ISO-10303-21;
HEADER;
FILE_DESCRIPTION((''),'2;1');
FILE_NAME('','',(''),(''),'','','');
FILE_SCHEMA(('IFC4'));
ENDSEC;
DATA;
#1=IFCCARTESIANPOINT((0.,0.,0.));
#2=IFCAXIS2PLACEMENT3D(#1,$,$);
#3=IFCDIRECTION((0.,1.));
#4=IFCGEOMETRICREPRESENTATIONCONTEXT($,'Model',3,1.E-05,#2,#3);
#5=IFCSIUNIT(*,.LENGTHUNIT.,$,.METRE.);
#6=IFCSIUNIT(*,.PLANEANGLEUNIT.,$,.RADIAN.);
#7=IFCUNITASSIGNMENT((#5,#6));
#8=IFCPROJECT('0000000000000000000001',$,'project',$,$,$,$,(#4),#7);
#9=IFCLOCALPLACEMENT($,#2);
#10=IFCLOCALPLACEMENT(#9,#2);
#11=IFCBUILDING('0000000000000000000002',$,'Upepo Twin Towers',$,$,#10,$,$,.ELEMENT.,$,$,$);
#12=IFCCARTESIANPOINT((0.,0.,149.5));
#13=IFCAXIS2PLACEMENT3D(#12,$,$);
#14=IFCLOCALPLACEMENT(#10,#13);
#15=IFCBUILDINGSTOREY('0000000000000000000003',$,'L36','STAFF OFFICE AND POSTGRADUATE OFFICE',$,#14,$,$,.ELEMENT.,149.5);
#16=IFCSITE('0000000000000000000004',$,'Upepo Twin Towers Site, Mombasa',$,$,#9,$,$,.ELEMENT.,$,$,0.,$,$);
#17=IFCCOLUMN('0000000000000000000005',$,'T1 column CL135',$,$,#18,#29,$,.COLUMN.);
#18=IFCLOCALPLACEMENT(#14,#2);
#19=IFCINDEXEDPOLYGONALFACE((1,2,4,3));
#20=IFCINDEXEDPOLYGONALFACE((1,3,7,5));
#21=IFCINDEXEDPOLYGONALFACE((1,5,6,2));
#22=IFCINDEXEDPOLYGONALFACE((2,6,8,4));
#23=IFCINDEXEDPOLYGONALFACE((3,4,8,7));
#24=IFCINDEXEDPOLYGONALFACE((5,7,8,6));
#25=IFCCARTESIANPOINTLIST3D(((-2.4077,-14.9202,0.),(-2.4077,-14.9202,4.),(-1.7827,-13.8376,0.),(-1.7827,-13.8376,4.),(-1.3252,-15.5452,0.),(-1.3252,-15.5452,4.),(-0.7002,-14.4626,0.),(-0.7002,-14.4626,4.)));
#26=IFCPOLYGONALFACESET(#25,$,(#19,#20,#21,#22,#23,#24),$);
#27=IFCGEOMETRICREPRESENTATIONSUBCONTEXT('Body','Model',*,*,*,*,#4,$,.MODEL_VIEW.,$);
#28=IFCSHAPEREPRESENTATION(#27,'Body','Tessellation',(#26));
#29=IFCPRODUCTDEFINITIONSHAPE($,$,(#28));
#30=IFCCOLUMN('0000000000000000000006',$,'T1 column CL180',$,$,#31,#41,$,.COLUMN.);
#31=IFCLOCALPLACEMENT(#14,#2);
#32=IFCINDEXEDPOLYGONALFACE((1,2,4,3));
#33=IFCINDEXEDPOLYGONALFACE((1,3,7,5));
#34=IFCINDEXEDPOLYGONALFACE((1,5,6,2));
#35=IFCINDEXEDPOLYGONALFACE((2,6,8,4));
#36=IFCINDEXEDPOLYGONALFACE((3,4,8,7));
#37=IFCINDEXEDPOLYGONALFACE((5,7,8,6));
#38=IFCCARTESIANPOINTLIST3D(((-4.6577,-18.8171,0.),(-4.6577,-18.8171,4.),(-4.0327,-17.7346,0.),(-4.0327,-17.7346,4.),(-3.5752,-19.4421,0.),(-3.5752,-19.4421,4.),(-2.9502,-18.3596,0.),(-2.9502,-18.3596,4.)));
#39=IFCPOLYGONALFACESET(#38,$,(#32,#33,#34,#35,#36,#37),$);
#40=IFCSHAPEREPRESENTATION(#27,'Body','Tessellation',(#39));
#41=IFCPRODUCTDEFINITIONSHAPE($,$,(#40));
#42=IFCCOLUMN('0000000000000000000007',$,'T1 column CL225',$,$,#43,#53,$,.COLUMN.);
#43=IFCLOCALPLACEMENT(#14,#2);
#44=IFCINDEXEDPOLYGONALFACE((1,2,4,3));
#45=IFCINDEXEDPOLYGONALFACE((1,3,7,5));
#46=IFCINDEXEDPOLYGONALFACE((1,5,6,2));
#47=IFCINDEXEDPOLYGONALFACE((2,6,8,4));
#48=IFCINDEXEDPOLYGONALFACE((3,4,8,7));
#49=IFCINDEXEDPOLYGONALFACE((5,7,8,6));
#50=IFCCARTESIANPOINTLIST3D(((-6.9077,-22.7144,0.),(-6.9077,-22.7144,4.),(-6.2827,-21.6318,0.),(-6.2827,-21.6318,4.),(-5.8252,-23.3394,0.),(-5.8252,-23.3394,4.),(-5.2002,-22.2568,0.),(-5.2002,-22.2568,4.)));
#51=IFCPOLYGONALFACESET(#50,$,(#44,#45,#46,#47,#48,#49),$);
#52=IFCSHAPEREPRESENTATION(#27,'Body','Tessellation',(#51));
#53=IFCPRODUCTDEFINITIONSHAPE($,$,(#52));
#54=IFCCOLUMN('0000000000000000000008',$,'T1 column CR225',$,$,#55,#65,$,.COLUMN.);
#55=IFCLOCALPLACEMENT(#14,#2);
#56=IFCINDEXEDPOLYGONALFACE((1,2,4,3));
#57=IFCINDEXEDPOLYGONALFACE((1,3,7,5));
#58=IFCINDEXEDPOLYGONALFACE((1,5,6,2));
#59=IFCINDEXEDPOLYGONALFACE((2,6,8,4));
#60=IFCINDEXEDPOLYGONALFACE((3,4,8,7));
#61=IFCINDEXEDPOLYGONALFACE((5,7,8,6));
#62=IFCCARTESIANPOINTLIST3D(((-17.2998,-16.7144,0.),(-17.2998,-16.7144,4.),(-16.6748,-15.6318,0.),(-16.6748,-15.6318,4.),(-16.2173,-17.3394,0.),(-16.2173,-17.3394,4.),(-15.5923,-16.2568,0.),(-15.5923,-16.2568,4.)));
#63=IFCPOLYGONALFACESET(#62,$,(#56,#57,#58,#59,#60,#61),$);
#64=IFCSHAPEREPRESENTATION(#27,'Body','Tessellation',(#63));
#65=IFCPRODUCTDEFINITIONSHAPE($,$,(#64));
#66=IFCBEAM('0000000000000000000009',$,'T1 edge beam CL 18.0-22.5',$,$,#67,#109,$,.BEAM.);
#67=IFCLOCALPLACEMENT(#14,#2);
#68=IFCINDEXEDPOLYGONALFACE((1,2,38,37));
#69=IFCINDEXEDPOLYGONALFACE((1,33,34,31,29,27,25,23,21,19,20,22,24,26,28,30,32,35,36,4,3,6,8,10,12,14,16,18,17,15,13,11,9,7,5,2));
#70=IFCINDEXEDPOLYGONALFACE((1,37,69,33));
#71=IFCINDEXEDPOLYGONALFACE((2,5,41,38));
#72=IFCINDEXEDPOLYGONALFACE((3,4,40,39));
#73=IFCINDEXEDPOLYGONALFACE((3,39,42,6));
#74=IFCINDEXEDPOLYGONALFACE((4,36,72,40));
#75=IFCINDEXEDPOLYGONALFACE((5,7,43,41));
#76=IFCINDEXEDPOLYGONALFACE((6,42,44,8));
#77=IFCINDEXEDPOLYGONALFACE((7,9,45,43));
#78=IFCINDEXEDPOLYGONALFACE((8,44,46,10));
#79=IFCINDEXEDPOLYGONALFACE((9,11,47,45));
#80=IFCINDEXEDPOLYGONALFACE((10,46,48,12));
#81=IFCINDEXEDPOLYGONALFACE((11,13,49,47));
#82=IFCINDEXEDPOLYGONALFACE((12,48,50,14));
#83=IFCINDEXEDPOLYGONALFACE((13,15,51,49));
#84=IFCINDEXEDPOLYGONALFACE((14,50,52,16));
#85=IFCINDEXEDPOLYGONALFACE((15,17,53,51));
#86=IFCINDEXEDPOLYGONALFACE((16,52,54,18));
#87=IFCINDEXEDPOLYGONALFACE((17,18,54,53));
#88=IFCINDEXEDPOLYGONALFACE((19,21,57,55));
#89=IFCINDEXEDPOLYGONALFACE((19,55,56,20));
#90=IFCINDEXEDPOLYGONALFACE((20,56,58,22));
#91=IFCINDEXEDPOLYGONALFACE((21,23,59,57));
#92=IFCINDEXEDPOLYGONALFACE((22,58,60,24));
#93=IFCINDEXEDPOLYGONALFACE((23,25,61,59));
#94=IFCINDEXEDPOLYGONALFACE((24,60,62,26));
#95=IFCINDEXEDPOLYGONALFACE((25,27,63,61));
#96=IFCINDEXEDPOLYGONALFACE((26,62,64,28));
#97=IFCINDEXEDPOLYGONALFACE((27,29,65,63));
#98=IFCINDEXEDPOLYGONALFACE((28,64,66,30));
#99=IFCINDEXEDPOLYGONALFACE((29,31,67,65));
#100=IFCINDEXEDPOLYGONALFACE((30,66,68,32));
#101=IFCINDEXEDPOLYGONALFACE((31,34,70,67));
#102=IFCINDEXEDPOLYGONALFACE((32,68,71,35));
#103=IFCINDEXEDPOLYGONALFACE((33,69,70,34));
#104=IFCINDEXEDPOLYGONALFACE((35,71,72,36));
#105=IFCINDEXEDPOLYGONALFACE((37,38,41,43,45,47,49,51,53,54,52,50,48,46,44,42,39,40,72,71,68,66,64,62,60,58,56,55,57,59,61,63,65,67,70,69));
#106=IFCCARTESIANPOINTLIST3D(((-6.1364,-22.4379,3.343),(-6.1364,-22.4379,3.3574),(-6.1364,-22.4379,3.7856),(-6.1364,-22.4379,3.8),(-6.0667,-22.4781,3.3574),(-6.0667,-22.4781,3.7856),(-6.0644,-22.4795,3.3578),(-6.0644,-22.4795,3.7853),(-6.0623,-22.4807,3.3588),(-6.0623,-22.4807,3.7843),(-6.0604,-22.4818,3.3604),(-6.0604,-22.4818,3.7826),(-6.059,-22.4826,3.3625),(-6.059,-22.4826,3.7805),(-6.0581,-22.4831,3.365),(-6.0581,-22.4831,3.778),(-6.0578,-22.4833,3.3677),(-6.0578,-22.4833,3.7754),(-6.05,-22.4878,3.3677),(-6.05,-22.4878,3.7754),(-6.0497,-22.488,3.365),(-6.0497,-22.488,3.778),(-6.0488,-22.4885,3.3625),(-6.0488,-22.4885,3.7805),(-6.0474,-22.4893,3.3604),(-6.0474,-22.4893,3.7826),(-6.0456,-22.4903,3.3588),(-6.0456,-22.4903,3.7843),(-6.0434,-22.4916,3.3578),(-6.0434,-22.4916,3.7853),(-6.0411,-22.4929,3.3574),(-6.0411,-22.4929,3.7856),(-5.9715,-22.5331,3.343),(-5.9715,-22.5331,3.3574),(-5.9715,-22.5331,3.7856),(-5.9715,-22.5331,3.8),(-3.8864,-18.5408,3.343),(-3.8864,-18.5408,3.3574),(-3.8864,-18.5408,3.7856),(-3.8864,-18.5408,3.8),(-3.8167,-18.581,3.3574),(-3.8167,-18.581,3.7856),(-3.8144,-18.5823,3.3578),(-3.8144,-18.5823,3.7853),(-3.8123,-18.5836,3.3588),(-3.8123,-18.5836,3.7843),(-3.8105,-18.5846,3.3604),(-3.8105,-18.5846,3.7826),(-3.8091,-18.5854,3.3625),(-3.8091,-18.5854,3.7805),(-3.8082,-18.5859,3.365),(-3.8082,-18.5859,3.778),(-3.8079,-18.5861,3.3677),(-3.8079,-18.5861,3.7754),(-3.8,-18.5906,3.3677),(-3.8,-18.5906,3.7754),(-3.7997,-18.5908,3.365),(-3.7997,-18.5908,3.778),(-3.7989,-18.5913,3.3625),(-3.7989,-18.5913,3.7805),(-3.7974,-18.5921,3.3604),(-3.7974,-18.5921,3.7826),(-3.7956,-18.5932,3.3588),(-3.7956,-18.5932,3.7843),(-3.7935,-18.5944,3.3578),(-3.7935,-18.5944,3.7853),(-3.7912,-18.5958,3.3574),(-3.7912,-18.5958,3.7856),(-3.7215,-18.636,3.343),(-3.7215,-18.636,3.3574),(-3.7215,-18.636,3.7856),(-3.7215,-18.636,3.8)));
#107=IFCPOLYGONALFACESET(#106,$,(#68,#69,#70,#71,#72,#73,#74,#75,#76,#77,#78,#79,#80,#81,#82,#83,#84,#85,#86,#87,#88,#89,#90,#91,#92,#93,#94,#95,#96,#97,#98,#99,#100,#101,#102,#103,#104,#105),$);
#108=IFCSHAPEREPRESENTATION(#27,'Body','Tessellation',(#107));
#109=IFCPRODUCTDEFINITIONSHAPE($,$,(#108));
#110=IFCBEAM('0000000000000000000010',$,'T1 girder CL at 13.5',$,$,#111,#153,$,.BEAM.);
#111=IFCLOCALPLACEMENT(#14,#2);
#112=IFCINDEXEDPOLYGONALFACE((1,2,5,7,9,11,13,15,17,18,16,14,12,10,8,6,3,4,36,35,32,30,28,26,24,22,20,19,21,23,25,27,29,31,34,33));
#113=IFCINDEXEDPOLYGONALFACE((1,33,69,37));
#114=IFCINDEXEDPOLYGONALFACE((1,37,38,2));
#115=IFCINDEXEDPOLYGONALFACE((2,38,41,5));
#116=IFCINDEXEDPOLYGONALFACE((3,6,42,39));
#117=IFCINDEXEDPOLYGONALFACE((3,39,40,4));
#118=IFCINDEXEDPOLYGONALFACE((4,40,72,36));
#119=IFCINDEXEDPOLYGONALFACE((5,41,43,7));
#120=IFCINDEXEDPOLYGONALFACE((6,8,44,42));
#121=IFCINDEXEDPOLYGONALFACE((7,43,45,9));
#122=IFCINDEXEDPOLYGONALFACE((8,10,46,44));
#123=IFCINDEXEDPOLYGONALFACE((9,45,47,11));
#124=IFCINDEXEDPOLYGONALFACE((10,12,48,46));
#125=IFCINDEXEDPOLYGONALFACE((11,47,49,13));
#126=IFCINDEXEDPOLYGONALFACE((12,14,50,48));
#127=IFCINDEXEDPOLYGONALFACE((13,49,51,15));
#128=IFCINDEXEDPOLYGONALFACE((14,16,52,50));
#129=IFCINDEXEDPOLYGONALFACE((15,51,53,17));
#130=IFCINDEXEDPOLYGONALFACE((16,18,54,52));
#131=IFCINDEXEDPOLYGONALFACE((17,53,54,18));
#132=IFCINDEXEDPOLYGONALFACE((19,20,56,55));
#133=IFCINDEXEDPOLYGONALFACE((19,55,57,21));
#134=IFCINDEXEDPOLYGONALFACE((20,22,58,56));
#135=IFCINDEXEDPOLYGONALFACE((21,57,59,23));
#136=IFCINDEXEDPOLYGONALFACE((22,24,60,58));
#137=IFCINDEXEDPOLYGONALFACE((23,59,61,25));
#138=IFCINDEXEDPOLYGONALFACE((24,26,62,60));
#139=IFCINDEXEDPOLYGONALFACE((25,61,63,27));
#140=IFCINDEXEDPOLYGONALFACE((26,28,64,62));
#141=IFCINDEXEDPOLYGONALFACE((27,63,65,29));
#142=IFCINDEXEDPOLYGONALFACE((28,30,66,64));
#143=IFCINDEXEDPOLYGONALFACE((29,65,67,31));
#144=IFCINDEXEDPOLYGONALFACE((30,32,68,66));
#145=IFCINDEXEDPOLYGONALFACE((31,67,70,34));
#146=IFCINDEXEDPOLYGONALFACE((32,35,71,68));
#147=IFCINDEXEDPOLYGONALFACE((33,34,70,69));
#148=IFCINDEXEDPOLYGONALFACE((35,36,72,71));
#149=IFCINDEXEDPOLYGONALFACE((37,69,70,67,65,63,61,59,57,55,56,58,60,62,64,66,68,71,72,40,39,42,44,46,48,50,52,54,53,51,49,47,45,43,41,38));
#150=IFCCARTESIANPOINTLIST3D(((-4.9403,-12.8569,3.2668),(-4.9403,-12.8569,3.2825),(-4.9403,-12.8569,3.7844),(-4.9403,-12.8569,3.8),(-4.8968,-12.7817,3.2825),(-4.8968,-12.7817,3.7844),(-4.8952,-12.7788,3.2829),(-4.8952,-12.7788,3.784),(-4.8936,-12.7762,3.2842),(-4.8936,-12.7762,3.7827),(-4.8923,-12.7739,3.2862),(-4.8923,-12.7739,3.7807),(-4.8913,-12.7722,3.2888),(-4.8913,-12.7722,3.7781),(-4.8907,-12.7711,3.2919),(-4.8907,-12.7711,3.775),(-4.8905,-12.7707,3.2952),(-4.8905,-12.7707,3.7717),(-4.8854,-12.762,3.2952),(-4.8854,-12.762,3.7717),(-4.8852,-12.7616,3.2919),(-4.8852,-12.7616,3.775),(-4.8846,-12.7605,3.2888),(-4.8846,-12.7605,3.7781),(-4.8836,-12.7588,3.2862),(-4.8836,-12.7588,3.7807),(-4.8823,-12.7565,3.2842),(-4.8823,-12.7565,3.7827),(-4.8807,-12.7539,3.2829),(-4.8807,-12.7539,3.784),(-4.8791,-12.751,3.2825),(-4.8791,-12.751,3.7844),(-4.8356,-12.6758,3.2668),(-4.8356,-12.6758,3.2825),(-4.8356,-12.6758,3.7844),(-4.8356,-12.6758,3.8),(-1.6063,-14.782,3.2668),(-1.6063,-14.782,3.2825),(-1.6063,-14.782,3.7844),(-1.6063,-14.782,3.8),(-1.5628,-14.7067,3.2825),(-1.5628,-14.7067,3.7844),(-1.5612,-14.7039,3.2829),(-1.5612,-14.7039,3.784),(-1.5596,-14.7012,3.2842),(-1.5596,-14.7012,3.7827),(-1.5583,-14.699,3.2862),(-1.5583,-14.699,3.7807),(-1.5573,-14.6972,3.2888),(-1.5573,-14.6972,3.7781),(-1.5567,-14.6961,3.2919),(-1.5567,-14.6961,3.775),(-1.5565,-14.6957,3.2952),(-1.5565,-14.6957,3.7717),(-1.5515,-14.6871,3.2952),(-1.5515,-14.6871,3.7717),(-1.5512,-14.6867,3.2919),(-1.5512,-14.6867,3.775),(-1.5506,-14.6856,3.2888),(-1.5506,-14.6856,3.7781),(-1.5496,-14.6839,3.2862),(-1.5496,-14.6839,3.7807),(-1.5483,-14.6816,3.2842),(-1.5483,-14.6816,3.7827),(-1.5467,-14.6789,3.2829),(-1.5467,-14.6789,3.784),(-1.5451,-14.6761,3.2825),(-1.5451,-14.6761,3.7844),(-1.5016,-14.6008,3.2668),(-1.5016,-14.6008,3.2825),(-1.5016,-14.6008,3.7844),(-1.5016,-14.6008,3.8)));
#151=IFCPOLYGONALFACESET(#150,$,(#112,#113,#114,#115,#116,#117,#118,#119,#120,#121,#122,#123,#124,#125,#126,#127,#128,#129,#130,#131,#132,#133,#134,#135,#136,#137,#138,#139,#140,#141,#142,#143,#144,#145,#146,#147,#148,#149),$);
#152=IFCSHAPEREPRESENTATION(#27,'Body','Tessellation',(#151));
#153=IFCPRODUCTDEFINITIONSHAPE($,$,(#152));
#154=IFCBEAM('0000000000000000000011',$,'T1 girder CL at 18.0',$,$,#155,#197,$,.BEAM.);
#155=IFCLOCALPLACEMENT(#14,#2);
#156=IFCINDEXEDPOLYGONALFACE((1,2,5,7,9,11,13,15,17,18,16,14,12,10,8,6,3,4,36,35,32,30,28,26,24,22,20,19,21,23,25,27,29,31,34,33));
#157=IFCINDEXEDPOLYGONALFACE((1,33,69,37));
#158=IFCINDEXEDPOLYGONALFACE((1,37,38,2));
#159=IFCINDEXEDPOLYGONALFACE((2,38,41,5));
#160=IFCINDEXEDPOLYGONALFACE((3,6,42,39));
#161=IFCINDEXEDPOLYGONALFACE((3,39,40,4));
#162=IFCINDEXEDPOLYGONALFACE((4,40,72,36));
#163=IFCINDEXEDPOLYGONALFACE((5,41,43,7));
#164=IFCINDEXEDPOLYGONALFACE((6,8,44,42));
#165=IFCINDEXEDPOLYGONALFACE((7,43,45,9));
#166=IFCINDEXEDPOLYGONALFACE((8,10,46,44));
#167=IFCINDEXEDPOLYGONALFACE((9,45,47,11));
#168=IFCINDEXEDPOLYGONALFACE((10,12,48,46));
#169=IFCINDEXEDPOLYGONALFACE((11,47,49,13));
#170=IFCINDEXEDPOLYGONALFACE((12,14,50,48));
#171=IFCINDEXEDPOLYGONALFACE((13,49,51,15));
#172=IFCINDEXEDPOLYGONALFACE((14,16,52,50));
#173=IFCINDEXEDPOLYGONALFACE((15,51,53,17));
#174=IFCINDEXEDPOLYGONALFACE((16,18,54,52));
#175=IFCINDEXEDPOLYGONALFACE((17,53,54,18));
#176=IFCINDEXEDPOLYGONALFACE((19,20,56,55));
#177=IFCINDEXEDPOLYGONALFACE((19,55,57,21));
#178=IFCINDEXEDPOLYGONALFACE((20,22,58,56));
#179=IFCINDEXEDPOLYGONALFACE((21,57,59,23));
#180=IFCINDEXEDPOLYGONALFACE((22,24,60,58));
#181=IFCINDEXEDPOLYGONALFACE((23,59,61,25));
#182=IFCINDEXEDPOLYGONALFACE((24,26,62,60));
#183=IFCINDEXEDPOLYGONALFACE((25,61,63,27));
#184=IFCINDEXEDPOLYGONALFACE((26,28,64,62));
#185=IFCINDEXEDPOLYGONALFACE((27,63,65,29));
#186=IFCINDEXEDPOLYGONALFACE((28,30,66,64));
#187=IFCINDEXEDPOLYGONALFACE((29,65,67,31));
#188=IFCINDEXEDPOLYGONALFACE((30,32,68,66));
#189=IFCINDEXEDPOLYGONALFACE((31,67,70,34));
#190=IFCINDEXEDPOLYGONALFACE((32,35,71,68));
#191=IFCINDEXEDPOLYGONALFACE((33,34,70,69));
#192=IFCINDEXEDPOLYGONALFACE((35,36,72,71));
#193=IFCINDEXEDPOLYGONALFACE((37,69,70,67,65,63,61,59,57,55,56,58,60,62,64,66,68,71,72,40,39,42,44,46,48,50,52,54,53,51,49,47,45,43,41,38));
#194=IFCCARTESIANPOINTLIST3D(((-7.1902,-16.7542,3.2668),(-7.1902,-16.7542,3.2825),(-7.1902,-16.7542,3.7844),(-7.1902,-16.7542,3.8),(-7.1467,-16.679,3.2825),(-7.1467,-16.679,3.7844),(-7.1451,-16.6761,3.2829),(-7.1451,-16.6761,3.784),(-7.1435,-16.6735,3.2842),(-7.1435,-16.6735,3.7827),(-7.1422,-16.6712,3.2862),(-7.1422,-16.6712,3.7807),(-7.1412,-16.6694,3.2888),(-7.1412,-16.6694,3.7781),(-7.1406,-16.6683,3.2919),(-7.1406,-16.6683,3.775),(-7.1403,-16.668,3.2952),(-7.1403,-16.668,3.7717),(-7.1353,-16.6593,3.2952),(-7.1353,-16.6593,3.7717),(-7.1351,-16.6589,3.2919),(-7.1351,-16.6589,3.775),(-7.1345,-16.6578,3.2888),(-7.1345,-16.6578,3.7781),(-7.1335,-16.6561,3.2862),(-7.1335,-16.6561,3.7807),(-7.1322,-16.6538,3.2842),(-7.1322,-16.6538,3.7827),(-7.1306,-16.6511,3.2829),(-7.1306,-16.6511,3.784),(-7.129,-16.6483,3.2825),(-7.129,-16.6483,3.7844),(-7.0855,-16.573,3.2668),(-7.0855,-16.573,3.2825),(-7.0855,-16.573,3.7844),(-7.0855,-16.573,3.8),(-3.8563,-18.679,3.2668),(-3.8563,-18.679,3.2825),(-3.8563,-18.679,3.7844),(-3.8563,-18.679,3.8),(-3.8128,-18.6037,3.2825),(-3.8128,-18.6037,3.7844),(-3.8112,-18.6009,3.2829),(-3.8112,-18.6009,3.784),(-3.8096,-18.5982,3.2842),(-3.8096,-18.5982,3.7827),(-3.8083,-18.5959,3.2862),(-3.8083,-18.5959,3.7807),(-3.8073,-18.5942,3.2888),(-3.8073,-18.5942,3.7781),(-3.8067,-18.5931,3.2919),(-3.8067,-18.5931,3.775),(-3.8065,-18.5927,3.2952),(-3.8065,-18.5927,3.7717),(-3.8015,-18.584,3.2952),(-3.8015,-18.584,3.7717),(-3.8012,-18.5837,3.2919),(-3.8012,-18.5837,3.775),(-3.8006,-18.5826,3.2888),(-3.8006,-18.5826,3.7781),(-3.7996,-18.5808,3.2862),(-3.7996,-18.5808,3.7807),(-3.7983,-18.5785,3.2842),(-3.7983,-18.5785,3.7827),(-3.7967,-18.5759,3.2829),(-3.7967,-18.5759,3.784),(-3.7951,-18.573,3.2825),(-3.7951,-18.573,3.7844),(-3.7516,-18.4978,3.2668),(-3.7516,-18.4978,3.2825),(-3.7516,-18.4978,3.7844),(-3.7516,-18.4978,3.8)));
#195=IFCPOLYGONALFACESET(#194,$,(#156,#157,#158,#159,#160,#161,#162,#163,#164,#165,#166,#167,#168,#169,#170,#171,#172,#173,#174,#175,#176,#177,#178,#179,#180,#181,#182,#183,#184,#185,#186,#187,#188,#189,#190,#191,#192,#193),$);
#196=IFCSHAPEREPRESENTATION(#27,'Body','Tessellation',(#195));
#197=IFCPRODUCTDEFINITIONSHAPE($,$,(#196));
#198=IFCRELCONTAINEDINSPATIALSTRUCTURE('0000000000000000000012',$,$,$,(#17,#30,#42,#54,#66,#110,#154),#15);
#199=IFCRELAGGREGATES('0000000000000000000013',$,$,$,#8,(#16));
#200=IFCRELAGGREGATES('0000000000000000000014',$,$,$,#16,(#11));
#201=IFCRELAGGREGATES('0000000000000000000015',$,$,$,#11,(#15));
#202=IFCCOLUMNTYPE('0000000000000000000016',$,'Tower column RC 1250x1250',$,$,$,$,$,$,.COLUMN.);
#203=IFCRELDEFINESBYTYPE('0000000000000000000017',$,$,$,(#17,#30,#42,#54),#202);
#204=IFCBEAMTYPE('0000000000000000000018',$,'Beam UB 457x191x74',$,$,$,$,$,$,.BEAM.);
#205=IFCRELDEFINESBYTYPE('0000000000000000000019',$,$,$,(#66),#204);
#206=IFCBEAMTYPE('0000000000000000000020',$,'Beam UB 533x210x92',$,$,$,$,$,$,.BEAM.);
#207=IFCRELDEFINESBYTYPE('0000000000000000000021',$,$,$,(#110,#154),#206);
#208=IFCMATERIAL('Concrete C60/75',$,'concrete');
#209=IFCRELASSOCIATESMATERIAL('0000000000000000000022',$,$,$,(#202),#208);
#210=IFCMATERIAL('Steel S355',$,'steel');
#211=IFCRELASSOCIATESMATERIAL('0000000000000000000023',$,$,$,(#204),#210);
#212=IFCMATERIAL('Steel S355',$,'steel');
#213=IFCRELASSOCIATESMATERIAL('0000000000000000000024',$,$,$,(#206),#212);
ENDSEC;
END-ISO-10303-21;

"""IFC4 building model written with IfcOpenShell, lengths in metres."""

from ifc_helpers import new_model, si_unit, direction, frame, origin, origin_2d, place, context, subcontext, project, spatial, rectangle, i_section, extrude, material, material_profile, profile_set, type_object, element, save


model = new_model("IFC4")

# Units and contexts
model_context = context("Model", 3, precision=1e-05, world=origin(), true_north=direction((0.0, 1.0)))
body_context = subcontext(model_context, "Body", "Model", "MODEL_VIEW")
ifc_project = project(units=[si_unit("LENGTHUNIT", "METRE"), si_unit("PLANEANGLEUNIT", "RADIAN")], contexts=[model_context])

# Site, building, storey
site_placement = place(None, origin())
site = spatial("IfcSite", under=ifc_project, at=site_placement, Name="Upepo Twin Towers Site, Mombasa", CompositionType="ELEMENT", RefElevation=0.0)
building_placement = place(site_placement, origin())
building = spatial("IfcBuilding", under=site, at=building_placement, Name="Upepo Twin Towers", CompositionType="ELEMENT")
storey_placement = place(building_placement, frame((0.0, 0.0, 149.5)))
storey = spatial("IfcBuildingStorey", under=building, at=storey_placement, Name="L36", Description="STAFF OFFICE AND POSTGRADUATE OFFICE", CompositionType="ELEMENT", Elevation=149.5)

# Columns
ifc_material_1 = material(Name="Concrete C60/75", Category="concrete")
ifc_material_profile_1 = material_profile(ifc_material_1, rectangle(XDim=1.25, YDim=1.25, at=origin_2d()), Name="RC 1250x1250")
ifc_profile_set_1 = profile_set([ifc_material_profile_1], Name="Concrete C60/75")
column_type = type_object("IfcColumnType", Name="Tower column RC 1250x1250", PredefinedType="COLUMN", material=ifc_profile_set_1)
for number, where, z_axis, x_axis, name in (
    (1, (-1.554, -14.6914, 0.0), (0.0, 0.0, 1.0), (0.5, 0.866025, 0.0), "T1 column CL135"),
    (2, (-3.804, -18.5884, 0.0), (0.0, 0.0, 1.0), (0.5, 0.866025, 0.0), "T1 column CL180"),
    (3, (-6.054, -22.4856, 0.0), (0.0, 0.0, 1.0), (0.5, 0.866025, 0.0), "T1 column CL225"),
    (4, (-16.446, -16.4856, 0.0), (0.0, 0.0, 1.0), (0.5, 0.866025, 0.0), "T1 column CR225"),
):
    element("IfcColumn", number, at=place(storey_placement, frame(where, z_axis=z_axis, x_axis=x_axis)), inside=storey, type_object=column_type, Name=name, PredefinedType="COLUMN", context=body_context, shape_type="SweptSolid", body=[
        extrude(rectangle(XDim=1.25, YDim=1.25, at=origin_2d()), origin(), (0.0, 0.0, 1.0), 4.0),
    ])

# Beams
ifc_material_2 = material(Name="Steel S355", Category="steel")
ifc_material_profile_2 = material_profile(ifc_material_2, i_section(OverallWidth=0.1904, OverallDepth=0.457, WebThickness=0.009, FlangeThickness=0.0144, FilletRadius=0.0103, at=origin_2d()), Name="UB 457x191x74")
ifc_profile_set_2 = profile_set([ifc_material_profile_2], Name="Steel S355")
beam_type_1 = type_object("IfcBeamType", Name="Beam UB 457x191x74", PredefinedType="BEAM", material=ifc_profile_set_2)
beam_1_placement = place(storey_placement, frame((-3.804, -18.5884, 3.5715), z_axis=(-0.49999, -0.866031, 0.0), x_axis=(0.866031, -0.49999, 0.0)))
element("IfcBeam", 5, at=beam_1_placement, inside=storey, type_object=beam_type_1, Name="T1 edge beam CL 18.0-22.5", PredefinedType="BEAM", context=body_context, shape_type="SweptSolid", body=[
    extrude(i_section(OverallWidth=0.1904, OverallDepth=0.457, WebThickness=0.009, FlangeThickness=0.0144, FilletRadius=0.0103, at=origin_2d()), origin(), (0.0, 0.0, 1.0), 4.5),
])
ifc_material_3 = material(Name="Steel S355", Category="steel")
ifc_material_profile_3 = material_profile(ifc_material_3, i_section(OverallWidth=0.2092, OverallDepth=0.5332, WebThickness=0.01, FlangeThickness=0.0156, FilletRadius=0.0127, at=origin_2d()), Name="UB 533x210x92")
ifc_profile_set_3 = profile_set([ifc_material_profile_3], Name="Steel S355")
beam_type_2 = type_object("IfcBeamType", Name="Beam UB 533x210x92", PredefinedType="BEAM", material=ifc_profile_set_3)
beam_2_placement = place(storey_placement, frame((-1.554, -14.6914, 3.5334), z_axis=(-0.866006, 0.500034, 0.0), x_axis=(-0.500034, -0.866006, 0.0)))
element("IfcBeam", 6, at=beam_2_placement, inside=storey, type_object=beam_type_2, Name="T1 girder CL at 13.5", PredefinedType="BEAM", context=body_context, shape_type="SweptSolid", body=[
    extrude(i_section(OverallWidth=0.2092, OverallDepth=0.5332, WebThickness=0.01, FlangeThickness=0.0156, FilletRadius=0.0127, at=origin_2d()), origin(), (0.0, 0.0, 1.0), 3.8499),
])
beam_3_placement = place(storey_placement, frame((-3.804, -18.5884, 3.5334), z_axis=(-0.866034, 0.499986, 0.0), x_axis=(-0.499986, -0.866034, 0.0)))
element("IfcBeam", 7, at=beam_3_placement, inside=storey, type_object=beam_type_2, Name="T1 girder CL at 18.0", PredefinedType="BEAM", context=body_context, shape_type="SweptSolid", body=[
    extrude(i_section(OverallWidth=0.2092, OverallDepth=0.5332, WebThickness=0.01, FlangeThickness=0.0156, FilletRadius=0.0127, at=origin_2d()), origin(), (0.0, 0.0, 1.0), 3.8496),
])

save(model, "model.ifc")
